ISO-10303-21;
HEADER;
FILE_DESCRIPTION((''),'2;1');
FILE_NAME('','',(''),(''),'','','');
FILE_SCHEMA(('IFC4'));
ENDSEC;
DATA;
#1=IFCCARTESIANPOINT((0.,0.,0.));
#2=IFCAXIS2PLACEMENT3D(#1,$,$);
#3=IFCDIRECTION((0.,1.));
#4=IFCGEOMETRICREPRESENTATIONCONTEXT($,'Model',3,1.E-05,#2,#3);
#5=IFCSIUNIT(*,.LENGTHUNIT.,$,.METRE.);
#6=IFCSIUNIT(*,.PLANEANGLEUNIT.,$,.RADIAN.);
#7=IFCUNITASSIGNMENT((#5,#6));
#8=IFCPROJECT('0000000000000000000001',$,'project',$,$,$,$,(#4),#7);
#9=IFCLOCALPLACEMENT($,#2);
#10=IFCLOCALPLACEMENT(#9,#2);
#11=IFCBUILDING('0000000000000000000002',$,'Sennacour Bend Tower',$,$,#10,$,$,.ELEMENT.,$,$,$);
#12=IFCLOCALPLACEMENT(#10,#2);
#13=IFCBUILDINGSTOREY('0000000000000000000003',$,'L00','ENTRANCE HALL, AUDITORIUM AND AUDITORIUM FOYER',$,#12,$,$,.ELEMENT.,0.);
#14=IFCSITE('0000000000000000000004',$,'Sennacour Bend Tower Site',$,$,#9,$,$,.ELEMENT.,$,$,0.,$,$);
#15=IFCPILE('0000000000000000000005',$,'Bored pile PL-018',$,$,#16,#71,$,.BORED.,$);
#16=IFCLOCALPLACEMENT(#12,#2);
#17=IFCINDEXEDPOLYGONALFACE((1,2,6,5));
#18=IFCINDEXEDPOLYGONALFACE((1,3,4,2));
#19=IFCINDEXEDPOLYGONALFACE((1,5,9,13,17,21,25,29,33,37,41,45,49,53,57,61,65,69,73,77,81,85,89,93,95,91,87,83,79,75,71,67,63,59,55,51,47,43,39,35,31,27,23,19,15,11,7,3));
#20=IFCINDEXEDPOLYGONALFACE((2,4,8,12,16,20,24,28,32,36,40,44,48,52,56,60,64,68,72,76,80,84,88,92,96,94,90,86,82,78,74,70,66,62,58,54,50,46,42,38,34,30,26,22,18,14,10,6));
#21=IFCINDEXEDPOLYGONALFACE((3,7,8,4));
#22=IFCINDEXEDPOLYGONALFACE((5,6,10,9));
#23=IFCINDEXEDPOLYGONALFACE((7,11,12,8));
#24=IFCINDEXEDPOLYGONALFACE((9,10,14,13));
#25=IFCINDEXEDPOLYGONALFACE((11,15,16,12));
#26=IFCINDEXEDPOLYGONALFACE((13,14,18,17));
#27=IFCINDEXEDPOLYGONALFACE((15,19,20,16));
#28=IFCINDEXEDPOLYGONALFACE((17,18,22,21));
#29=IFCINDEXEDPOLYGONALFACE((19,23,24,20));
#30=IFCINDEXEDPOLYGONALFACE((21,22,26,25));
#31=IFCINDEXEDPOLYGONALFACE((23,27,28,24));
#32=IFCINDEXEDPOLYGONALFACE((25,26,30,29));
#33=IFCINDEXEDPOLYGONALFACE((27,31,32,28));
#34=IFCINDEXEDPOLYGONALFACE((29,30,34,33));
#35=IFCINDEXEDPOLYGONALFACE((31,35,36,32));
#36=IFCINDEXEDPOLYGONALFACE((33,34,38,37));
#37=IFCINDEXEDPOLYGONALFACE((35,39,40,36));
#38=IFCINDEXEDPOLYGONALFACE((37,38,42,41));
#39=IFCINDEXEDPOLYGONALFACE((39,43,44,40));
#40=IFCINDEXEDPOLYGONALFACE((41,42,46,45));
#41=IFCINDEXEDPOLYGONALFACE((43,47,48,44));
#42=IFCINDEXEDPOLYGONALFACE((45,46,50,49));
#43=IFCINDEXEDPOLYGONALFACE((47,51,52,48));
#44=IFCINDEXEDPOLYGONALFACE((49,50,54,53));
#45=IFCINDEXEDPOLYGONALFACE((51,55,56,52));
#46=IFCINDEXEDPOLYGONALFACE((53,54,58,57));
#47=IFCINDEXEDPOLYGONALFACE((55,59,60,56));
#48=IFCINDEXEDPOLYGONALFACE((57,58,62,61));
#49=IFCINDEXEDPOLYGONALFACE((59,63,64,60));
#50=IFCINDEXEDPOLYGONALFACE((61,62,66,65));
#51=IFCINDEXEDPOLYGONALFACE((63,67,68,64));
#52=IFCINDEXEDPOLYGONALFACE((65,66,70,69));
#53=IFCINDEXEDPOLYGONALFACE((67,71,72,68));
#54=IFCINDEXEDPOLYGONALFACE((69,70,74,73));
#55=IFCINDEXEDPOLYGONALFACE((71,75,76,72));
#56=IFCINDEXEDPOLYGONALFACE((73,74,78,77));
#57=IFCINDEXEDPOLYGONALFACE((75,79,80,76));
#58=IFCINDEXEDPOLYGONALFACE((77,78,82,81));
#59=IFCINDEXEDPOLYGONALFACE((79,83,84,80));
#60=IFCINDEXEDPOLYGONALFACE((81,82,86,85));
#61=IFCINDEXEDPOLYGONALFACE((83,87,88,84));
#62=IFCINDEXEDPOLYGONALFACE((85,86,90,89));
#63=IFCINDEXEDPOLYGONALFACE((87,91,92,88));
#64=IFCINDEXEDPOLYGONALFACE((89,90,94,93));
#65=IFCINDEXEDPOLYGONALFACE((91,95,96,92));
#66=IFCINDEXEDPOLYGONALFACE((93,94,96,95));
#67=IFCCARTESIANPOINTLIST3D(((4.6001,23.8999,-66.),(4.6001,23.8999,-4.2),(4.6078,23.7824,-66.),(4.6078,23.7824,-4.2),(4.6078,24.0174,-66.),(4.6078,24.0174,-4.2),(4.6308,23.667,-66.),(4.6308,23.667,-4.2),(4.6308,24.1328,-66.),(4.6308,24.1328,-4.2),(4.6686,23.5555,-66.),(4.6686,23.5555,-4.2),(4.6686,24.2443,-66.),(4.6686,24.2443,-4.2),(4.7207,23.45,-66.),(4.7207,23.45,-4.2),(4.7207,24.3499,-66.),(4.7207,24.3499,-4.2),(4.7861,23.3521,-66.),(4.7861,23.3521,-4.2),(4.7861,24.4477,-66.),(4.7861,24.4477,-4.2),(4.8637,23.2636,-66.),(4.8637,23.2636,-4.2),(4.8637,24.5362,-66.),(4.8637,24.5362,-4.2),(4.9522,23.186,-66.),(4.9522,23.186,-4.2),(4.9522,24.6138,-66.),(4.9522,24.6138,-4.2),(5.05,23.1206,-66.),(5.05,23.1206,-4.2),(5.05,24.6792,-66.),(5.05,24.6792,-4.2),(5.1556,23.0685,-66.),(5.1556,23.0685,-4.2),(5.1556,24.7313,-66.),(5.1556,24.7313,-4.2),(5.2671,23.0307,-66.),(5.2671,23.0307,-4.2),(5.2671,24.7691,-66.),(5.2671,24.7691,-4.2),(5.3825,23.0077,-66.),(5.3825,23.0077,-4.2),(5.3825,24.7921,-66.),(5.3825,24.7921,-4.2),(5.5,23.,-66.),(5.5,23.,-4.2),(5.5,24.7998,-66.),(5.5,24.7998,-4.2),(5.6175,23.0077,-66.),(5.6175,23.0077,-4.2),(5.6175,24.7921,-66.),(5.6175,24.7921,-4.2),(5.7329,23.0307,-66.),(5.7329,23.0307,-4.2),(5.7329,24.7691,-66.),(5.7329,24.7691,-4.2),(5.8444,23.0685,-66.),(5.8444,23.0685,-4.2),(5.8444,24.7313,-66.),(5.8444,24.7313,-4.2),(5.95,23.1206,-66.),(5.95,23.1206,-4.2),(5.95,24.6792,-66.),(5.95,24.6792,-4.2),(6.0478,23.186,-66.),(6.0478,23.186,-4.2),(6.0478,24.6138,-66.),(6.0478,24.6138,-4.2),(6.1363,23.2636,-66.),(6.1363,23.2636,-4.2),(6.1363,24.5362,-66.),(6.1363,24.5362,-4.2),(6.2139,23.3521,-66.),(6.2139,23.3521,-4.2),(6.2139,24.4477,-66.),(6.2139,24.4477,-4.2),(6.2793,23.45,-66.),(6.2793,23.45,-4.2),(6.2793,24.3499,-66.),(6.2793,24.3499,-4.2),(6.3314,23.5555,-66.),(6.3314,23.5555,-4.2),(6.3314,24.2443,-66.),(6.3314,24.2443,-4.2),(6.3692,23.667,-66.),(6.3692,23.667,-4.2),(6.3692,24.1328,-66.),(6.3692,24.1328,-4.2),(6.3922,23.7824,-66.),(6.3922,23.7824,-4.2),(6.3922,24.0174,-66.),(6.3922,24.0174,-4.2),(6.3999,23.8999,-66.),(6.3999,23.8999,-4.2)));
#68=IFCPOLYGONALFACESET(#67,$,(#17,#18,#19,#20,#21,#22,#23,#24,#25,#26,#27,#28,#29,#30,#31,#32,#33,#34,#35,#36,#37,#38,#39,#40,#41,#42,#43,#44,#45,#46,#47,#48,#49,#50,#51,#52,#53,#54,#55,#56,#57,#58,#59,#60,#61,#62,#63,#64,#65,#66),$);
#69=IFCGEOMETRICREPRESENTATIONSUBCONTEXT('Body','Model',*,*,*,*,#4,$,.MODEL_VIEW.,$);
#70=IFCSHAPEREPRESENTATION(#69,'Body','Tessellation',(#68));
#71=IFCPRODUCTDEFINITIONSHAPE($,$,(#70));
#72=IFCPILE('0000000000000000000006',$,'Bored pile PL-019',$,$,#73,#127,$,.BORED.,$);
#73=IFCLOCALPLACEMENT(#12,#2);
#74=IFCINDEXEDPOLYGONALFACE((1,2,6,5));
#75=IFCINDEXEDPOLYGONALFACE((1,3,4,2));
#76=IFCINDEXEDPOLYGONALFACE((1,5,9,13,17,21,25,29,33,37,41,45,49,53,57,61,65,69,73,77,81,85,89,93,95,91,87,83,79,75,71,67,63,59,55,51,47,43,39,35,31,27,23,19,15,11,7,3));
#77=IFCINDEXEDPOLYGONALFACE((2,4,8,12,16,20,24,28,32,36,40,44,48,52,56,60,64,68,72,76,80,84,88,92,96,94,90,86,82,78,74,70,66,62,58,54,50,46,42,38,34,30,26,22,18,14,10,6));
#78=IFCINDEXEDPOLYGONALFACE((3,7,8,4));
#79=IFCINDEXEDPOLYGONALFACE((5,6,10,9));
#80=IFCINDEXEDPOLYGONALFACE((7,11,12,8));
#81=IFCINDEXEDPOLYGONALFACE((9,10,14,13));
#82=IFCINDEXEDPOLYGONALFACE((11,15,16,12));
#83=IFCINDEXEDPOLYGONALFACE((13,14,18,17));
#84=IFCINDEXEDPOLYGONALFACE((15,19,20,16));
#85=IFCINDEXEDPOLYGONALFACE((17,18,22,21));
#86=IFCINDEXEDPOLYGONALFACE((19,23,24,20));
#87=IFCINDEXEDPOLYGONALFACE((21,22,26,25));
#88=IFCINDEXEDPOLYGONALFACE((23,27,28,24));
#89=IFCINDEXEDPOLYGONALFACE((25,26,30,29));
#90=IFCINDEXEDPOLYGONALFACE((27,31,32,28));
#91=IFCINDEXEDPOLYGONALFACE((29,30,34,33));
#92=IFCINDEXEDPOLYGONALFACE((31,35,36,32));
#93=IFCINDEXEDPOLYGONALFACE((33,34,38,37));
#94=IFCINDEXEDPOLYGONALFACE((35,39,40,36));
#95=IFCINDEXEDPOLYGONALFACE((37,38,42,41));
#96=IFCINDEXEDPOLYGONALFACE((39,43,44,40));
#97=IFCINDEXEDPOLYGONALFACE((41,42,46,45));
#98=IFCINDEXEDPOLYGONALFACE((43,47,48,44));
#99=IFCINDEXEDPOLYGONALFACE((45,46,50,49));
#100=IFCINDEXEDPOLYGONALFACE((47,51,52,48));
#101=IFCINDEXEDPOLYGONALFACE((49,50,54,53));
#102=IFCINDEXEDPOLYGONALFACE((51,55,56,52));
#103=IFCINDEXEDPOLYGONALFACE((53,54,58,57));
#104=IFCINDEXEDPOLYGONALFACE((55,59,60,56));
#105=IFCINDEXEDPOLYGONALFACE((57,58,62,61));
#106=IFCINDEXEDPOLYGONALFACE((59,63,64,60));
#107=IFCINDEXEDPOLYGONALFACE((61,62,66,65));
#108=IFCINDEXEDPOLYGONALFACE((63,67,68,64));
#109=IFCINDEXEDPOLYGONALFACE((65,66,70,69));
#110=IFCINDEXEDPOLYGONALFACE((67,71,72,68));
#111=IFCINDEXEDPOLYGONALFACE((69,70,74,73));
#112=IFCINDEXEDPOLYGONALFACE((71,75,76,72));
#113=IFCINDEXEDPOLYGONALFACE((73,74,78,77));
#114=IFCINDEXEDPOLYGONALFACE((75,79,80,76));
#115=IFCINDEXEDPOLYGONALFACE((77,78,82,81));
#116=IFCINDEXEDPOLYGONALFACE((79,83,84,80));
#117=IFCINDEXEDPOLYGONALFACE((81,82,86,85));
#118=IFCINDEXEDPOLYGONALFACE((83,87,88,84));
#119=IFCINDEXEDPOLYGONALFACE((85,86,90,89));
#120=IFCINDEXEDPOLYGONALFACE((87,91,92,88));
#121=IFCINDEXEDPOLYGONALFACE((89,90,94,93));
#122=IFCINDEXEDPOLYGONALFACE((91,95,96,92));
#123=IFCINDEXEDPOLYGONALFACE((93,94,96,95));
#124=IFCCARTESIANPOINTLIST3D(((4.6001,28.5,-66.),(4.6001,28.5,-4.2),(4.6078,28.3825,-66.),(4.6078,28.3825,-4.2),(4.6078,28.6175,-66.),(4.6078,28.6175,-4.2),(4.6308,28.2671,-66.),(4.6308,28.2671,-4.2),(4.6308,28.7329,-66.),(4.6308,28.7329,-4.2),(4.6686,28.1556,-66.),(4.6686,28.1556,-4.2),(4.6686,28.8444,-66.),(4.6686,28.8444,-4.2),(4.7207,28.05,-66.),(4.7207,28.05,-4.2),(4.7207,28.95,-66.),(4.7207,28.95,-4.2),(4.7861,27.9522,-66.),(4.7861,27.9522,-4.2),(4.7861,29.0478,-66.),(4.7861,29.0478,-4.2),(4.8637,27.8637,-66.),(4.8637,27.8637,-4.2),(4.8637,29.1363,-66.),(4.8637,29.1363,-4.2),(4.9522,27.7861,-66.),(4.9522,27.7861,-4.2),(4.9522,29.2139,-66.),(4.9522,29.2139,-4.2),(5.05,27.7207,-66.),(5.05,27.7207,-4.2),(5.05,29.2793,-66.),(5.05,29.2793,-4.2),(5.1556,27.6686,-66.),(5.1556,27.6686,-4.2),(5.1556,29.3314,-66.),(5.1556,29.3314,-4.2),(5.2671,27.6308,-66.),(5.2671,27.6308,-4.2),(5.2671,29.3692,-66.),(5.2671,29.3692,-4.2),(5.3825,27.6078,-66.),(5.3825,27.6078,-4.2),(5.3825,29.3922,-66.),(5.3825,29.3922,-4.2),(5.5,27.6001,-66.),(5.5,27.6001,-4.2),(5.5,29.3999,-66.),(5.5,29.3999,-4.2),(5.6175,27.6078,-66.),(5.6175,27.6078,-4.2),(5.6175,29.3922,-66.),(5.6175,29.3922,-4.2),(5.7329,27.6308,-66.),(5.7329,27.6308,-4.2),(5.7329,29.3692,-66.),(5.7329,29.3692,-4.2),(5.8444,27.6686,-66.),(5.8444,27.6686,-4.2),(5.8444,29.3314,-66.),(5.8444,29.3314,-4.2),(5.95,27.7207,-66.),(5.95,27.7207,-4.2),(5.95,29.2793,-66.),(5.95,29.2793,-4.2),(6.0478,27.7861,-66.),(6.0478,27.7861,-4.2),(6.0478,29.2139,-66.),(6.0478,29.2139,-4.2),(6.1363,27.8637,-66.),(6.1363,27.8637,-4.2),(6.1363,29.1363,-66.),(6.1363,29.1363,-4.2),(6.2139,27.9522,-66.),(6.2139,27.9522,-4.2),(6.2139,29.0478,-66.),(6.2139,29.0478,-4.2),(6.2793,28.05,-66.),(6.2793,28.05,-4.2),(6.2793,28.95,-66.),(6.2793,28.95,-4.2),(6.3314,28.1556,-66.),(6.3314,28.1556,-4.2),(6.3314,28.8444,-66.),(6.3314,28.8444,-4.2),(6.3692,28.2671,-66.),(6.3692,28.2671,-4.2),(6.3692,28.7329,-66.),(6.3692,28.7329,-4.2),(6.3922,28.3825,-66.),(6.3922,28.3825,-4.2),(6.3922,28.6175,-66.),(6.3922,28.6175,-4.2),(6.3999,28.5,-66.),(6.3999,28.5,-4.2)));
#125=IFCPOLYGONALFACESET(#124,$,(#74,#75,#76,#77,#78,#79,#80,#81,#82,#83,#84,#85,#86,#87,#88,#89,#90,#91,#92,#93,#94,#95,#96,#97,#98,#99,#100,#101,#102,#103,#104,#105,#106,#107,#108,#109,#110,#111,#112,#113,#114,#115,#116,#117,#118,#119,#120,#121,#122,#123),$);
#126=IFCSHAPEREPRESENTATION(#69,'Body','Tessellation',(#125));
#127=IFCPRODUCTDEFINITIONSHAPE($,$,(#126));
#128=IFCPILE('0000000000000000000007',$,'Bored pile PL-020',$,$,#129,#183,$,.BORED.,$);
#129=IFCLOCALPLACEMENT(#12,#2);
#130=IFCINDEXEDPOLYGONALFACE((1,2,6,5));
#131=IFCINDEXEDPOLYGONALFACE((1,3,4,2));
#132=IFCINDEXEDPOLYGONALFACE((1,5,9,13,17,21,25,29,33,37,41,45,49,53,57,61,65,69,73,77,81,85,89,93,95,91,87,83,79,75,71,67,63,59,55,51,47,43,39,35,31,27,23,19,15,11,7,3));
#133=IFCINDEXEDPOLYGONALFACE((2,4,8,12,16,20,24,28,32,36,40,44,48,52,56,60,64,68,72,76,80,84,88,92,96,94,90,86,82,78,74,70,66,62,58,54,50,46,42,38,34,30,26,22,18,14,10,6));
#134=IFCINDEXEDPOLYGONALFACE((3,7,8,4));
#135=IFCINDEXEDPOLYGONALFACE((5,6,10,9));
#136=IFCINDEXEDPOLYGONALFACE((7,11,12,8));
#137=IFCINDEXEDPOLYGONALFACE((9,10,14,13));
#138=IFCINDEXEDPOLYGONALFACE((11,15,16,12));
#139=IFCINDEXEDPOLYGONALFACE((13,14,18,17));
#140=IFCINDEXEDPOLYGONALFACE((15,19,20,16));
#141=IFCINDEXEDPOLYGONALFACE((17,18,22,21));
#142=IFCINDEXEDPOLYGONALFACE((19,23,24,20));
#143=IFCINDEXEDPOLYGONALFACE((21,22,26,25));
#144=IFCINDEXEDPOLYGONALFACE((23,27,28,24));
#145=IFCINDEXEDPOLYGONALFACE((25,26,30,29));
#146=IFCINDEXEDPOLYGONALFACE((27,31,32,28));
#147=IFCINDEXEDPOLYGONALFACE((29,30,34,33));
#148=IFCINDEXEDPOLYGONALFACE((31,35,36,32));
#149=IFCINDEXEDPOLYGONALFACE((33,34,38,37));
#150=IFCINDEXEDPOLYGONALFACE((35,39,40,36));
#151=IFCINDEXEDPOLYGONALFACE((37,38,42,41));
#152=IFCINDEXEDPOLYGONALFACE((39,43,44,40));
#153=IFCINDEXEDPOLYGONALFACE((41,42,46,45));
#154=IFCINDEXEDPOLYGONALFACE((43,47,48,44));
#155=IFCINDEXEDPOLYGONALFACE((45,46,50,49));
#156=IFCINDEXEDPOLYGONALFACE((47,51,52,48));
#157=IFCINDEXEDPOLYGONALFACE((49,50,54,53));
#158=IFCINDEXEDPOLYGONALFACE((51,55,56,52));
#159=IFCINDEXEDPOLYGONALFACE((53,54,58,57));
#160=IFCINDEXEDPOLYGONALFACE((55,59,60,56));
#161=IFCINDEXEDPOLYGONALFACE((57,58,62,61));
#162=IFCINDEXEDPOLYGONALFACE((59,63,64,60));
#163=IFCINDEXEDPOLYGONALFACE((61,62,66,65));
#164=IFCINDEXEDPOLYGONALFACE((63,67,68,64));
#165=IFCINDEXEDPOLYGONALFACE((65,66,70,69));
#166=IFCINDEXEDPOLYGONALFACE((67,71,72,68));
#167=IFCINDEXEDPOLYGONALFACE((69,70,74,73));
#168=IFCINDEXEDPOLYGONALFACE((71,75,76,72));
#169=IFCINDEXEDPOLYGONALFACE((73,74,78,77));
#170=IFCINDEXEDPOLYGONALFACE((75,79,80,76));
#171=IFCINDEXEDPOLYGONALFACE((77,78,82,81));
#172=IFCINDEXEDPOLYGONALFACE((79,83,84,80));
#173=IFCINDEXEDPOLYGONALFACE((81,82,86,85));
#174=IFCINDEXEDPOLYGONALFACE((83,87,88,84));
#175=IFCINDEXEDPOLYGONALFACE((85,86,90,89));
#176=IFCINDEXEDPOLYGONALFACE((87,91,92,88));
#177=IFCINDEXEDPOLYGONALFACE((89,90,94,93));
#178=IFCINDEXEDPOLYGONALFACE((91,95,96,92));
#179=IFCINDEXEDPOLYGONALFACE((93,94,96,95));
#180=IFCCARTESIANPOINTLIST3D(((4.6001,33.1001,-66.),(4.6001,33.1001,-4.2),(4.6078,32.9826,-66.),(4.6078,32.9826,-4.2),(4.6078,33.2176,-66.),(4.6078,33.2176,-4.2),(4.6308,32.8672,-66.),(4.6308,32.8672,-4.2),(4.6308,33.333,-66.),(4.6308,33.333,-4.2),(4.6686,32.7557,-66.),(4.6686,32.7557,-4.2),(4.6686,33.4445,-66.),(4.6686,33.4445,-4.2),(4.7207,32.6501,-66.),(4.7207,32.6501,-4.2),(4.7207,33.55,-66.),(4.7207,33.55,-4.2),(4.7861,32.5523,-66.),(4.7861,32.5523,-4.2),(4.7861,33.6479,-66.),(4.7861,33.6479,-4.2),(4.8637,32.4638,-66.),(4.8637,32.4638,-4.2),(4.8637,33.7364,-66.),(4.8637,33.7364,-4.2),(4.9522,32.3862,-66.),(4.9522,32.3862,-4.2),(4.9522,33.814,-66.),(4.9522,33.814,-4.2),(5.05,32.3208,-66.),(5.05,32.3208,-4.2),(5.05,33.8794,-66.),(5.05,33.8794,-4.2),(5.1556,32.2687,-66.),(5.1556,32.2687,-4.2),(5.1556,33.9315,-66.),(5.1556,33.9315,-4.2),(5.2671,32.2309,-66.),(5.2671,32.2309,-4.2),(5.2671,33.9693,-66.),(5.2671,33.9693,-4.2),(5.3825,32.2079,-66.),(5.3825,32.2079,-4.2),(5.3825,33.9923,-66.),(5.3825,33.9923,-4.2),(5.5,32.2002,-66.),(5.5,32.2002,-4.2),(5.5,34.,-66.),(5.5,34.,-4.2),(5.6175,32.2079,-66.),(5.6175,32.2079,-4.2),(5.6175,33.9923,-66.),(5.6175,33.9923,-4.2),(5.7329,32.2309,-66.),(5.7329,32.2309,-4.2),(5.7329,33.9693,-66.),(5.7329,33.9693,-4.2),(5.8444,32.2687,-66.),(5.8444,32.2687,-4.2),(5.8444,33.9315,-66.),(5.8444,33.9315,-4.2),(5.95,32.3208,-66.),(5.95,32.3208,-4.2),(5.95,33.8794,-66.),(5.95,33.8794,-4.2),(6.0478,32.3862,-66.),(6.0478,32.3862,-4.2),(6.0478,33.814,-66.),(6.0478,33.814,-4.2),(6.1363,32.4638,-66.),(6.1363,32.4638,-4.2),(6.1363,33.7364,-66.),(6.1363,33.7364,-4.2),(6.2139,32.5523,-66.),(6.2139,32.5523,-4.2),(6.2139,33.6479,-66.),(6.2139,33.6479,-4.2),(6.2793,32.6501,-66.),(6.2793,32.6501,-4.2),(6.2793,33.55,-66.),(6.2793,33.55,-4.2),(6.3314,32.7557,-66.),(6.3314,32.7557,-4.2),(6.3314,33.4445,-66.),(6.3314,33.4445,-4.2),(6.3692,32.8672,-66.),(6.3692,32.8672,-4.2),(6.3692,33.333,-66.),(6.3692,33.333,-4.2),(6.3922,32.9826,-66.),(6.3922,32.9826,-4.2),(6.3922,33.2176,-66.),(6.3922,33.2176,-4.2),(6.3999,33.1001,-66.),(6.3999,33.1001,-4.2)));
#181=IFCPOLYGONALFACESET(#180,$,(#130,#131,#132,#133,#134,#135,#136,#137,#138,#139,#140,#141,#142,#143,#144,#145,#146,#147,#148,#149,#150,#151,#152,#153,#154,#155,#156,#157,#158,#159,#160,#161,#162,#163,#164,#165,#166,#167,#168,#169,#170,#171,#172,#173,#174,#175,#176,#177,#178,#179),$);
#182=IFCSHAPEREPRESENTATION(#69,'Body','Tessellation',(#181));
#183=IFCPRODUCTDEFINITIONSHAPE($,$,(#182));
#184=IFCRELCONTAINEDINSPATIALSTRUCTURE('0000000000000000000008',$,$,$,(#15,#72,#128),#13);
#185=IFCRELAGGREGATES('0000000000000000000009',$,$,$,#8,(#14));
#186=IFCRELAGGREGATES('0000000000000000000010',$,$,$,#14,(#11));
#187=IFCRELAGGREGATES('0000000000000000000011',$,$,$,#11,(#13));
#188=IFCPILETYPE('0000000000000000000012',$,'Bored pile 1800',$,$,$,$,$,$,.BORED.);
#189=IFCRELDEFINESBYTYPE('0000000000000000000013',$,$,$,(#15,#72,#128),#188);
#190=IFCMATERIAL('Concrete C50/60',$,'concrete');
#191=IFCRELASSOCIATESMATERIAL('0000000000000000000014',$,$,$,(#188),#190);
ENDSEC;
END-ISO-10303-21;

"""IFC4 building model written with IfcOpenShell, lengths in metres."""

from ifc_helpers import new_model, si_unit, direction, frame, origin, origin_2d, place, context, subcontext, project, spatial, circle, extrude, material, material_profile, profile_set, type_object, element, save


model = new_model("IFC4")

# Units and contexts
model_context = context("Model", 3, precision=1e-05, world=origin(), true_north=direction((0.0, 1.0)))
body_context = subcontext(model_context, "Body", "Model", "MODEL_VIEW")
ifc_project = project(units=[si_unit("LENGTHUNIT", "METRE"), si_unit("PLANEANGLEUNIT", "RADIAN")], contexts=[model_context])

# Site, building, storey
site_placement = place(None, origin())
site = spatial("IfcSite", under=ifc_project, at=site_placement, Name="Sennacour Bend Tower Site", CompositionType="ELEMENT", RefElevation=0.0)
building_placement = place(site_placement, origin())
building = spatial("IfcBuilding", under=site, at=building_placement, Name="Sennacour Bend Tower", CompositionType="ELEMENT")
storey_placement = place(building_placement, origin())
storey = spatial("IfcBuildingStorey", under=building, at=storey_placement, Name="L00", Description="ENTRANCE HALL, AUDITORIUM AND AUDITORIUM FOYER", CompositionType="ELEMENT", Elevation=0.0)

# Piles
ifc_material_1 = material(Name="Concrete C50/60", Category="concrete")
ifc_material_profile_1 = material_profile(ifc_material_1, circle(Radius=0.8999, at=origin_2d()), Name="Concrete C50/60", Category="concrete")
ifc_profile_set_1 = profile_set([ifc_material_profile_1], Name="Concrete C50/60")
pile_type = type_object("IfcPileType", Name="Bored pile 1800", PredefinedType="BORED", material=ifc_profile_set_1)
for number, where, z_axis, x_axis, name in (
    (1, (5.5, 23.8999, -4.2), (0.0, 0.0, -1.0), (1.0, 0.0, 0.0), "Bored pile PL-018"),
    (2, (5.5, 28.5, -4.2), (0.0, 0.0, -1.0), (1.0, 0.0, 0.0), "Bored pile PL-019"),
    (3, (5.5, 33.1001, -4.2), (0.0, 0.0, -1.0), (1.0, 0.0, 0.0), "Bored pile PL-020"),
):
    element("IfcPile", number, at=place(storey_placement, frame(where, z_axis=z_axis, x_axis=x_axis)), inside=storey, type_object=pile_type, Name=name, PredefinedType="BORED", context=body_context, shape_type="SweptSolid", body=[
        extrude(circle(Radius=0.8999, at=origin_2d()), origin(), (0.0, 0.0, 1.0), 61.8),
    ])

save(model, "model.ifc")
